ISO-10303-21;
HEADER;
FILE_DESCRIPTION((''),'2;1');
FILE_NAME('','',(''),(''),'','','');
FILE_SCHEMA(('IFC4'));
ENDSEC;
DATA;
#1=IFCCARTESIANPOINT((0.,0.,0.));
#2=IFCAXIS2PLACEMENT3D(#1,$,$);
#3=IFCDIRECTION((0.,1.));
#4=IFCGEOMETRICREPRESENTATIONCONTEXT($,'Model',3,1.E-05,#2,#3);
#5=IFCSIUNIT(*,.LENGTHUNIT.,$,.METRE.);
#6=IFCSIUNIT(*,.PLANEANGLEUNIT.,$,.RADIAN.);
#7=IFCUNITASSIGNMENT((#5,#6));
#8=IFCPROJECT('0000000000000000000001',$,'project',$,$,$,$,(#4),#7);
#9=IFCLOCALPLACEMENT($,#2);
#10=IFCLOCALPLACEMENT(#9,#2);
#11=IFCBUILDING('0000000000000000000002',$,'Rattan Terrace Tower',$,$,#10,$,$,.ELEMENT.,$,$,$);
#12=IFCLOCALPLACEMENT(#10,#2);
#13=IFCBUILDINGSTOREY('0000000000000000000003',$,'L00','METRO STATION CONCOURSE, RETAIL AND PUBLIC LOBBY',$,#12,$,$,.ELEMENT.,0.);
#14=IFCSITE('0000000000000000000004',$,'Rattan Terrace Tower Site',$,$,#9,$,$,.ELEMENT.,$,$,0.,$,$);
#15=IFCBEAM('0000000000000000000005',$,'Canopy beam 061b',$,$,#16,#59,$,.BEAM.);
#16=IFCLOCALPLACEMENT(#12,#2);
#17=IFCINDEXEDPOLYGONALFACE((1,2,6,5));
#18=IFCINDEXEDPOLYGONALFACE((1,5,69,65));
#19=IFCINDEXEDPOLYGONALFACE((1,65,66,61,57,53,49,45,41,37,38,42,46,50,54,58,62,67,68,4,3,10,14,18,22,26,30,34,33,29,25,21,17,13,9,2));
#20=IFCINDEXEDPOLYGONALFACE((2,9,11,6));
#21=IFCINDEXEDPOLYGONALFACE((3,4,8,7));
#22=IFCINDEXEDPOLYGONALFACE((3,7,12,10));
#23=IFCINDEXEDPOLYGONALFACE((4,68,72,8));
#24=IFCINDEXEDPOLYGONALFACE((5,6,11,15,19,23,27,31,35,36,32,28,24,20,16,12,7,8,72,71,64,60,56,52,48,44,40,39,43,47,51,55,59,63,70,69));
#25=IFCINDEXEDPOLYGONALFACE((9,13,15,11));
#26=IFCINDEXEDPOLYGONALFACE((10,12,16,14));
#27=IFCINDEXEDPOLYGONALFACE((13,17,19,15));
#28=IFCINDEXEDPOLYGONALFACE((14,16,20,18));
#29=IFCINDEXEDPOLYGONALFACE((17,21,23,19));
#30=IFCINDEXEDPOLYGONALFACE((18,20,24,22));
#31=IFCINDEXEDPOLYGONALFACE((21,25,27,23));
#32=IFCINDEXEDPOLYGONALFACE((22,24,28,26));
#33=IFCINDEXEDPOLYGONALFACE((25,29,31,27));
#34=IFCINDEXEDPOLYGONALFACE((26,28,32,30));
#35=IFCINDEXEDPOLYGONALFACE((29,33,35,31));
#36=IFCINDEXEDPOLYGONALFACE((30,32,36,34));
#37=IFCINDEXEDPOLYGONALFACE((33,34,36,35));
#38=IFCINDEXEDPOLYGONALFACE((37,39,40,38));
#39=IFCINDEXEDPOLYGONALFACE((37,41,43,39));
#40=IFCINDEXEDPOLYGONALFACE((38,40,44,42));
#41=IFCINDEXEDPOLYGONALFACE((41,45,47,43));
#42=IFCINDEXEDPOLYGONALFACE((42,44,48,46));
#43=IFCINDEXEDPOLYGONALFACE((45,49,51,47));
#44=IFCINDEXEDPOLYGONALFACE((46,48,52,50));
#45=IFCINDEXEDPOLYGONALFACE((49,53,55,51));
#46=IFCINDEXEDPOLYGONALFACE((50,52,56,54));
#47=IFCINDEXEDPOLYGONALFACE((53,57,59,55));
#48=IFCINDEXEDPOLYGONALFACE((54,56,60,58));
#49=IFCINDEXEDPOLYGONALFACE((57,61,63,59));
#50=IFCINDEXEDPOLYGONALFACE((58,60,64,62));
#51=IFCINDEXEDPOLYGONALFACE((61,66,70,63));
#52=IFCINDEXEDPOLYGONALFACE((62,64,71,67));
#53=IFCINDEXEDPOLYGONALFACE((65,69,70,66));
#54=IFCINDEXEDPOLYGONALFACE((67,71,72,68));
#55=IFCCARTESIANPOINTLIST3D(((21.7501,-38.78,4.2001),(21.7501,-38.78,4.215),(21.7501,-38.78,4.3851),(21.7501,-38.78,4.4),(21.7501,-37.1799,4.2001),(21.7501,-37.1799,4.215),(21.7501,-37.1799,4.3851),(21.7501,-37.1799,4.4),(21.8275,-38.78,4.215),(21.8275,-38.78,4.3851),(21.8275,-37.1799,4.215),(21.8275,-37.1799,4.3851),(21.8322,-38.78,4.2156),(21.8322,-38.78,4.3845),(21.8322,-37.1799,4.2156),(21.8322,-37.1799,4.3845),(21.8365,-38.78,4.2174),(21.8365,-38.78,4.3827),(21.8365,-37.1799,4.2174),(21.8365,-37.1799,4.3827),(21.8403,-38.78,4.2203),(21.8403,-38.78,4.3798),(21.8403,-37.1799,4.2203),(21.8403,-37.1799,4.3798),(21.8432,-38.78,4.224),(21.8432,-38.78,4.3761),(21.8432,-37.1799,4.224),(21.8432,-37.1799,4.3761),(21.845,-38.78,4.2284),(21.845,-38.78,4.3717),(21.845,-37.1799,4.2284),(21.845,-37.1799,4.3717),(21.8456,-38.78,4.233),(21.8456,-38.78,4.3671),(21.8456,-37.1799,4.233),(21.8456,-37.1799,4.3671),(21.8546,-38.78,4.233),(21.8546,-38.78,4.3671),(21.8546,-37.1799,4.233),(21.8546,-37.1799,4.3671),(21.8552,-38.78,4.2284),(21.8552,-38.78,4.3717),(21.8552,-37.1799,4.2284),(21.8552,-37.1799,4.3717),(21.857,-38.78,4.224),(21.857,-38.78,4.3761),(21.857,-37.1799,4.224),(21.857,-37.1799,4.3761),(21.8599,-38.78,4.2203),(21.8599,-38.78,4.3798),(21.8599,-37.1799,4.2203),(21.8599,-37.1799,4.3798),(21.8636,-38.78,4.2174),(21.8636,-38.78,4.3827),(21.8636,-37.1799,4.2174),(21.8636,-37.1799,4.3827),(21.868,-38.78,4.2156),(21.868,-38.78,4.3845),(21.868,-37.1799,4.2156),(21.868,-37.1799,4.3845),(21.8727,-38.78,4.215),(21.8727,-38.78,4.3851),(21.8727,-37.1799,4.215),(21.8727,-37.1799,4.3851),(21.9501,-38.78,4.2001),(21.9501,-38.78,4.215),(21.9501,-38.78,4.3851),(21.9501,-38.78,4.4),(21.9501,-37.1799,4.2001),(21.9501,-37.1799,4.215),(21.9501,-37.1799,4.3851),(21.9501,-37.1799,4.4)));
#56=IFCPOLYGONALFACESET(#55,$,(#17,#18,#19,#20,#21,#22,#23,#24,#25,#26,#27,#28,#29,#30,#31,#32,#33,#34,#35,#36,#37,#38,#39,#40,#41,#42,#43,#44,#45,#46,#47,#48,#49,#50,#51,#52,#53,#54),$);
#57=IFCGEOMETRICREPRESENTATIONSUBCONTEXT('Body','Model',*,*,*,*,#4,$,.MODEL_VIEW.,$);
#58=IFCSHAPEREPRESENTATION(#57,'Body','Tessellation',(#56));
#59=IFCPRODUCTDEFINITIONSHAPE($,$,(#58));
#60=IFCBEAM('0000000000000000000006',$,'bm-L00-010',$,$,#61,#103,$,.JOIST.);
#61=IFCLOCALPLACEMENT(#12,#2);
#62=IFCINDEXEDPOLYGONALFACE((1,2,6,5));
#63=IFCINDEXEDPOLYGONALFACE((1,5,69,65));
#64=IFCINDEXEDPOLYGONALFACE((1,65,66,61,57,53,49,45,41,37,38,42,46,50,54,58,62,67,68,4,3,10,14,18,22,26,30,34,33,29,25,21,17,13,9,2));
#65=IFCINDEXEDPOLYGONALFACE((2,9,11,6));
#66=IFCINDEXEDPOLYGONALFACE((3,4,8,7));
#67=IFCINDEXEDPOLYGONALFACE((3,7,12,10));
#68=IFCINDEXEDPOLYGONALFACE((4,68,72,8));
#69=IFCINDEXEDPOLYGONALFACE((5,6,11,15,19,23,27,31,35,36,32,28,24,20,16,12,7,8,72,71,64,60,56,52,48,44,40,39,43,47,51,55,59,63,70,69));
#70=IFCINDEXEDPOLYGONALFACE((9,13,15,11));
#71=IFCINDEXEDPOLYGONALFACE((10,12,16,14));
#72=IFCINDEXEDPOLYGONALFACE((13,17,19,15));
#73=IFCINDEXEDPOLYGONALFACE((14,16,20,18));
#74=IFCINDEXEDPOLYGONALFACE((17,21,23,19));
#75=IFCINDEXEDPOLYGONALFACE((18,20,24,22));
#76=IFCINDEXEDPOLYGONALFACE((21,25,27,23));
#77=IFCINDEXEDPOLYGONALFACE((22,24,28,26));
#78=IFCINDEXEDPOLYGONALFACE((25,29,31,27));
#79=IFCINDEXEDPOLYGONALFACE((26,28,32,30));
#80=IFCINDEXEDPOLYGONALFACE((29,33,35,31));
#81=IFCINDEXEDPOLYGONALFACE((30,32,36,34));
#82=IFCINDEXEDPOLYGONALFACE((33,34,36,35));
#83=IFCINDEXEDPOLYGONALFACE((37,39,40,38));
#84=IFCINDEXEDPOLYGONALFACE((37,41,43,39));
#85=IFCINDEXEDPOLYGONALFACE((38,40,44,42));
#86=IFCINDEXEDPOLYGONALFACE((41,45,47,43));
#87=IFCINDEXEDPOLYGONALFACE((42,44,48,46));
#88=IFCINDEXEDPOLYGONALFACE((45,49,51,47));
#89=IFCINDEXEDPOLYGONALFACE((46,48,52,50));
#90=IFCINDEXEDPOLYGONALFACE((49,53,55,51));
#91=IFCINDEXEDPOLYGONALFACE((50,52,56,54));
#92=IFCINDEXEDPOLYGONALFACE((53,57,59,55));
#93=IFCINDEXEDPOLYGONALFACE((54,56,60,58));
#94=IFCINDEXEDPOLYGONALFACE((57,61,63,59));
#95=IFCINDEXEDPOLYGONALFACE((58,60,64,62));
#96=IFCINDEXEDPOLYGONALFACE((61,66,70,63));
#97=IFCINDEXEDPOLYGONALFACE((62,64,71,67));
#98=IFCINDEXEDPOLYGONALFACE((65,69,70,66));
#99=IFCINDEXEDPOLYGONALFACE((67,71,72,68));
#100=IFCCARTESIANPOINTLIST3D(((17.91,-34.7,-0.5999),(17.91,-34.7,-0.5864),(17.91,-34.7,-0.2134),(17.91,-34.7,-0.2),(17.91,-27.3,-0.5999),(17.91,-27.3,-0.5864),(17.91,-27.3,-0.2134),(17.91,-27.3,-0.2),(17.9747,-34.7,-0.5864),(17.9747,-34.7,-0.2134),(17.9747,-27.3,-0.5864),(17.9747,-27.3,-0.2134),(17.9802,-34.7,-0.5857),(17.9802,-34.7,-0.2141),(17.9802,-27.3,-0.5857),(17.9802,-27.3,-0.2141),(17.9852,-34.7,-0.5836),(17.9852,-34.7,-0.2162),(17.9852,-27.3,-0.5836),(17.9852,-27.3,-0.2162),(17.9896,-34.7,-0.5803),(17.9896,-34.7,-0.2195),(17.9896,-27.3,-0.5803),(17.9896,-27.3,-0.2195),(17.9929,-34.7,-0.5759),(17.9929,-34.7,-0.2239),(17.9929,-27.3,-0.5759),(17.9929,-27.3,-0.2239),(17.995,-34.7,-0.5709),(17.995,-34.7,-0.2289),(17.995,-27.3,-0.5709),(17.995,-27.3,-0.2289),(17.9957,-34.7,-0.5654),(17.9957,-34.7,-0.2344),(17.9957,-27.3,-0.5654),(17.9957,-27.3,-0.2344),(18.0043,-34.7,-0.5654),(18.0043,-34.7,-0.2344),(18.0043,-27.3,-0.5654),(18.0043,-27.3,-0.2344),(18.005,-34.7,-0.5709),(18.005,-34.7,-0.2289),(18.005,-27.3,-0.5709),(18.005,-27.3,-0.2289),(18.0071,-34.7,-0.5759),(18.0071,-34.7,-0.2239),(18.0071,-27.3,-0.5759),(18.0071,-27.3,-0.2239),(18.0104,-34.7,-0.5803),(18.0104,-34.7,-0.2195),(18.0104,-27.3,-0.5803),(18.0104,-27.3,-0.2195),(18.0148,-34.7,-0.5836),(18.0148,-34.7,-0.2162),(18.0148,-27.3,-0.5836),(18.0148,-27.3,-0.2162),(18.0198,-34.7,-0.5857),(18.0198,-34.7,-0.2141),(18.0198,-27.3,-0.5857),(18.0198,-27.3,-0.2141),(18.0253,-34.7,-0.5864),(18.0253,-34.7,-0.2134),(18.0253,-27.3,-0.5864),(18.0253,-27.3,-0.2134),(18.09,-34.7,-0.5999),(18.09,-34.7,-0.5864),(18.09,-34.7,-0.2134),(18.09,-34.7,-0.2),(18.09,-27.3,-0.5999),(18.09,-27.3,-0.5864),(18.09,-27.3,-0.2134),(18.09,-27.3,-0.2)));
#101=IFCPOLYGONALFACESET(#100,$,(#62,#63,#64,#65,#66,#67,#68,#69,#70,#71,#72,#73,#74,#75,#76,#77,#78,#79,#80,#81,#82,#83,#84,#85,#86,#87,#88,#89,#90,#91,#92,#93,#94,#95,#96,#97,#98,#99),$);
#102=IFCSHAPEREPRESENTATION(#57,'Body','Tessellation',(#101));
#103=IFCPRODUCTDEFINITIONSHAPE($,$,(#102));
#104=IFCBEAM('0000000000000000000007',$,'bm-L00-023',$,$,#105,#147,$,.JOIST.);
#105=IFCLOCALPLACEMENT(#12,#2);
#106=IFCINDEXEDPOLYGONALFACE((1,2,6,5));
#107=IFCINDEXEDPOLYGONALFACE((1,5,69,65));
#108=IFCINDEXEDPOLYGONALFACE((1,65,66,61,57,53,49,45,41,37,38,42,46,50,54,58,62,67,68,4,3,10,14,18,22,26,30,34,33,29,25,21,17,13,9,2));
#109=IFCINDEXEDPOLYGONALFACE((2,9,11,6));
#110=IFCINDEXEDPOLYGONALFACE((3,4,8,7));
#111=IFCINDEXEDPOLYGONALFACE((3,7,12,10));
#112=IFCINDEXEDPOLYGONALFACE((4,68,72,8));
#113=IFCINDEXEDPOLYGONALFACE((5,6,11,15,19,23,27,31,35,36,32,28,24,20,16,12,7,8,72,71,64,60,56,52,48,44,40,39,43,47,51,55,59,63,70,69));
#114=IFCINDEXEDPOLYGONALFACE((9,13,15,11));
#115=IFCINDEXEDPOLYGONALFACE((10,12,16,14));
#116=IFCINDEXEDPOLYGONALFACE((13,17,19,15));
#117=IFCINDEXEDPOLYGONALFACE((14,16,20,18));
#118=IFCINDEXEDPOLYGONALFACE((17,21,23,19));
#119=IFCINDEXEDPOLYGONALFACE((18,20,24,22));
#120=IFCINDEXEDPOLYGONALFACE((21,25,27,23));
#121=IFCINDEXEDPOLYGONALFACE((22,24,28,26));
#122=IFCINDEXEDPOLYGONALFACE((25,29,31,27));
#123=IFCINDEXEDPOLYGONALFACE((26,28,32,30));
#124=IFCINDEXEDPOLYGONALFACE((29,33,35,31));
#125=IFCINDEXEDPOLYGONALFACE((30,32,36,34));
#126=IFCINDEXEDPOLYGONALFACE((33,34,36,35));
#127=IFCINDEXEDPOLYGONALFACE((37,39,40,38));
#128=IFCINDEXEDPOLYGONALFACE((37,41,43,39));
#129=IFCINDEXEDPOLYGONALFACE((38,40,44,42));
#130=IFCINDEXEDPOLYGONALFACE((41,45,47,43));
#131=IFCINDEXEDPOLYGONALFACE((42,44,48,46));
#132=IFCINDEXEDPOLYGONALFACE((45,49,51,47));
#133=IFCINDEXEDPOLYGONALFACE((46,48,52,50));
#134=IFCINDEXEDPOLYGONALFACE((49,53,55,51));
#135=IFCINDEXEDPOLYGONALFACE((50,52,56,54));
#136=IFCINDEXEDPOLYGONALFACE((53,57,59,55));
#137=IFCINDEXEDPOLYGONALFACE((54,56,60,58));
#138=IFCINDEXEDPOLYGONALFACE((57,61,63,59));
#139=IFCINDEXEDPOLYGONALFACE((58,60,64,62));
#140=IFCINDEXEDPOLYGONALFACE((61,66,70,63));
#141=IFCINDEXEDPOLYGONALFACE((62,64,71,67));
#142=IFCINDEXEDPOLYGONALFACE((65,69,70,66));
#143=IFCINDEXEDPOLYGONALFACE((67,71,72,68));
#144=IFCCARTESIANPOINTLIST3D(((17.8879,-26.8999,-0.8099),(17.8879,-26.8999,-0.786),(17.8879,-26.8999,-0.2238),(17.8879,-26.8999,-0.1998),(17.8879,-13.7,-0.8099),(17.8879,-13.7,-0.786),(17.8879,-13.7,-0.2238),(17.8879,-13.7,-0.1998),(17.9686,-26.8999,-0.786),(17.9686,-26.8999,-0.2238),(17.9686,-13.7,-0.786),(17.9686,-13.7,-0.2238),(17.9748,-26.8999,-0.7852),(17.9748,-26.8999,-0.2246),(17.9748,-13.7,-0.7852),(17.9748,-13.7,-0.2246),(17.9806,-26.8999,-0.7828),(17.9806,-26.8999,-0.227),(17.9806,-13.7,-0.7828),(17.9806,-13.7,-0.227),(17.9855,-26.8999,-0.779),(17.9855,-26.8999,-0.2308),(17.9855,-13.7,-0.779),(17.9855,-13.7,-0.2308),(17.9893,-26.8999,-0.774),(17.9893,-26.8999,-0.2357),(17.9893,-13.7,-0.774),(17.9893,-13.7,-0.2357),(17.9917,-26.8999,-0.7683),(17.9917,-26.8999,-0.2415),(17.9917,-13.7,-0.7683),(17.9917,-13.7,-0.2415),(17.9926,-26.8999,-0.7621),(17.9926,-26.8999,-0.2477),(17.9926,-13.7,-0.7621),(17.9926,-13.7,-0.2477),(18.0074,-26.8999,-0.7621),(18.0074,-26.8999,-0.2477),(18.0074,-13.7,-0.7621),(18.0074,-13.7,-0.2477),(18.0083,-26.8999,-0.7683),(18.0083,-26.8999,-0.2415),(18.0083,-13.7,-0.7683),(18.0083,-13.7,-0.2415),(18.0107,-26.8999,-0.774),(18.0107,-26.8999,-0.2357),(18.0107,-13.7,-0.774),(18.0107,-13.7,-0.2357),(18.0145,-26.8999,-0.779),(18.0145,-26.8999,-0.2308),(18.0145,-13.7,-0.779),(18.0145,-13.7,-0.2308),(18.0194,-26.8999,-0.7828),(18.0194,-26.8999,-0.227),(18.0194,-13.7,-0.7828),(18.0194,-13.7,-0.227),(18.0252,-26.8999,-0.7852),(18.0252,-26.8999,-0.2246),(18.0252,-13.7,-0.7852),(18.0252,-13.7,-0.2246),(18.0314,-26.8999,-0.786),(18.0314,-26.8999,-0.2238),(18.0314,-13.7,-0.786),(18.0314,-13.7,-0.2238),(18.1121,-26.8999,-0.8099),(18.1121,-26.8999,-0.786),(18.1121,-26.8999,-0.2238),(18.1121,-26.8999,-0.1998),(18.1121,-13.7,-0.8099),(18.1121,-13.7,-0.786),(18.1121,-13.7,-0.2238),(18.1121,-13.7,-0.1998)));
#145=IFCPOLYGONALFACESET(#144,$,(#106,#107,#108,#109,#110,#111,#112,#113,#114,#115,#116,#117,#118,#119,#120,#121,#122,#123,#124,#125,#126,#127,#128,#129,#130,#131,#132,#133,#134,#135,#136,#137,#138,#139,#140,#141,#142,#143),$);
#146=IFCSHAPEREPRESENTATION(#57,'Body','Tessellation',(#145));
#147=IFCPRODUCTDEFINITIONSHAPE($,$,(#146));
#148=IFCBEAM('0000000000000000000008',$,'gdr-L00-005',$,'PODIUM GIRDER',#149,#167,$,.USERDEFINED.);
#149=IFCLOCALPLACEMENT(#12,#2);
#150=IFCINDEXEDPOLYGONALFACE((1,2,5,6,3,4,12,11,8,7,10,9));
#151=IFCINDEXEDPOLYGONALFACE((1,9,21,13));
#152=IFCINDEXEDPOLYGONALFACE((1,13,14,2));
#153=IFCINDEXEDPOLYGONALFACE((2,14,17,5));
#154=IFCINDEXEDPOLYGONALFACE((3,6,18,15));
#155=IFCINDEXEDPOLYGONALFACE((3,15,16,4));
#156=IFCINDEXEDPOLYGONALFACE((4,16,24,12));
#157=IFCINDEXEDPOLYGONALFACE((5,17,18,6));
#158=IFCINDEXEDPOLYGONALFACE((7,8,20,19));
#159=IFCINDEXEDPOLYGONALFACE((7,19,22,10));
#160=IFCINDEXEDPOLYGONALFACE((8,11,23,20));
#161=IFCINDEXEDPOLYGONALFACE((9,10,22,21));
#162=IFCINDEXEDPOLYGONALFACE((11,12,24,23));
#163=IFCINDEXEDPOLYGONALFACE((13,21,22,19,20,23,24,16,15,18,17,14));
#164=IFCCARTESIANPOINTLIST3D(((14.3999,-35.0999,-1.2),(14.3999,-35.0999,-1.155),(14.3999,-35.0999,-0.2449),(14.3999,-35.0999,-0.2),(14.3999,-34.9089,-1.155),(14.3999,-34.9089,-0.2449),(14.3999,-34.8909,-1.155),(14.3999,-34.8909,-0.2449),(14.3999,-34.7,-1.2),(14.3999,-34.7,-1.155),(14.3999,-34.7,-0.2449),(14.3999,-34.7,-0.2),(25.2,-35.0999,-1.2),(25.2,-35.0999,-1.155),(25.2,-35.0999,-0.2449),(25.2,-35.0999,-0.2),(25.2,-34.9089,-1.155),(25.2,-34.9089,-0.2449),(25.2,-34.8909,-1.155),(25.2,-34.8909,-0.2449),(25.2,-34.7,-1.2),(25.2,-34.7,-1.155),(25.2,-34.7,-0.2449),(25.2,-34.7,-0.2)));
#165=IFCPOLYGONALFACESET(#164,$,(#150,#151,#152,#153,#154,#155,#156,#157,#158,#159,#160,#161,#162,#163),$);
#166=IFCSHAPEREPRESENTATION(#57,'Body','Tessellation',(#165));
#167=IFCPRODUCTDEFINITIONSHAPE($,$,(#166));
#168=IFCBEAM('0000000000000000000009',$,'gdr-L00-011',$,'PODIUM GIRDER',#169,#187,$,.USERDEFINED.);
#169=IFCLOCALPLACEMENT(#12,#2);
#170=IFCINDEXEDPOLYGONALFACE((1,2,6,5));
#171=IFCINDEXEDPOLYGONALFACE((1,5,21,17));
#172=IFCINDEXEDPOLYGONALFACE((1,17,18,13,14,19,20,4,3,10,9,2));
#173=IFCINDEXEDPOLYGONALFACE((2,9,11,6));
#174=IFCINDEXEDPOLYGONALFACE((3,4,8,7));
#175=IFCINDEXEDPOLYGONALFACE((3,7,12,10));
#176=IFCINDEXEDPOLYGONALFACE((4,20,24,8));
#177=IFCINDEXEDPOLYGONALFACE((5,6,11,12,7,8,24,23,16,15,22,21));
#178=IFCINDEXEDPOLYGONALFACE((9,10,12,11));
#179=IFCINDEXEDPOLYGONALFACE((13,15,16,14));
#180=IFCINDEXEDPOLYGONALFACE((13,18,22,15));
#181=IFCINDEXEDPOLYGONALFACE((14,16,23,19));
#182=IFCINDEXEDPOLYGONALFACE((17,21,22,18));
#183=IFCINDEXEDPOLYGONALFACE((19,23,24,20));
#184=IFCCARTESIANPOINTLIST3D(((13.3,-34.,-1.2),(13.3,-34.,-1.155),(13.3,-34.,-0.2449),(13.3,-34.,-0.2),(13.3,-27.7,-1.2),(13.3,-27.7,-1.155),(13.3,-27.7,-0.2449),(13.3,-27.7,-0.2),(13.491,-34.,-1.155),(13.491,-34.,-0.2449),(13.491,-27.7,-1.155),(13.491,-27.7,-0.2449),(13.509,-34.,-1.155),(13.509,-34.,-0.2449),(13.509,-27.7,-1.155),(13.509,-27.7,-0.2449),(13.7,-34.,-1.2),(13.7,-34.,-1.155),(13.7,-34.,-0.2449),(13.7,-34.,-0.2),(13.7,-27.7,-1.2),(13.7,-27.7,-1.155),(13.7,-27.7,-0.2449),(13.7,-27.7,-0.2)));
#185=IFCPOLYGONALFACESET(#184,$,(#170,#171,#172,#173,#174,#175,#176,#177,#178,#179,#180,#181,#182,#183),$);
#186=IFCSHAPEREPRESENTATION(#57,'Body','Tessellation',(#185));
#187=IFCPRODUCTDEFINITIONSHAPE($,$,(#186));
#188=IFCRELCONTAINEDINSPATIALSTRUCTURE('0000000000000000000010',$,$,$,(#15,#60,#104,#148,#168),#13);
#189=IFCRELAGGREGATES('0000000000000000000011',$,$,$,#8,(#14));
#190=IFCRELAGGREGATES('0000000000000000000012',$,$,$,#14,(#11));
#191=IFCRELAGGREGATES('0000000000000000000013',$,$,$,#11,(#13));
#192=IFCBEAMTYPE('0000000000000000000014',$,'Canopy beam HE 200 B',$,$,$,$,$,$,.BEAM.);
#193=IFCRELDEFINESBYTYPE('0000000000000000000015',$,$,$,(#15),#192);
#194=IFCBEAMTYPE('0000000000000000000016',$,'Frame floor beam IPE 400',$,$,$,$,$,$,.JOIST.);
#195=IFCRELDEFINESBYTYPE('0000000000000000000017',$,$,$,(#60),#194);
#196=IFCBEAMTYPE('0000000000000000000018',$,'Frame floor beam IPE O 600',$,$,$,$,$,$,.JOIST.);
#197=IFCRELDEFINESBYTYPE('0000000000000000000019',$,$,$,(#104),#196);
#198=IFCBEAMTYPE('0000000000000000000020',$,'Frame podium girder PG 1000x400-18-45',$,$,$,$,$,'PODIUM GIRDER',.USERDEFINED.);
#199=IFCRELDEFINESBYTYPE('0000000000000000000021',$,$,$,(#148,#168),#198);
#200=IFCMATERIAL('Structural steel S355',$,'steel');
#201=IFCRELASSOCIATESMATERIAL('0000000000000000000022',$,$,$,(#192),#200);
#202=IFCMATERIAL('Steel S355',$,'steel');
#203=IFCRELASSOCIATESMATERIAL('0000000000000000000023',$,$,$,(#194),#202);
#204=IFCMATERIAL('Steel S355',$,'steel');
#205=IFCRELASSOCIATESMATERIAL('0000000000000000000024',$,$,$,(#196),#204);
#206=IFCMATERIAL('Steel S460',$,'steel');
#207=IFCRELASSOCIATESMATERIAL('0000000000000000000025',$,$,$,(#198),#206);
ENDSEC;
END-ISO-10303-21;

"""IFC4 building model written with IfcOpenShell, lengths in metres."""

from ifc_helpers import new_model, si_unit, direction, frame, origin, origin_2d, place, context, subcontext, project, spatial, i_section, extrude, material, material_profile, profile_set, type_object, element, save


model = new_model("IFC4")

# Units and contexts
model_context = context("Model", 3, precision=1e-05, world=origin(), true_north=direction((0.0, 1.0)))
body_context = subcontext(model_context, "Body", "Model", "MODEL_VIEW")
ifc_project = project(units=[si_unit("LENGTHUNIT", "METRE"), si_unit("PLANEANGLEUNIT", "RADIAN")], contexts=[model_context])

# Site, building, storey
site_placement = place(None, origin())
site = spatial("IfcSite", under=ifc_project, at=site_placement, Name="Rattan Terrace Tower Site", CompositionType="ELEMENT", RefElevation=0.0)
building_placement = place(site_placement, origin())
building = spatial("IfcBuilding", under=site, at=building_placement, Name="Rattan Terrace Tower", CompositionType="ELEMENT")
storey_placement = place(building_placement, origin())
storey = spatial("IfcBuildingStorey", under=building, at=storey_placement, Name="L00", Description="METRO STATION CONCOURSE, RETAIL AND PUBLIC LOBBY", CompositionType="ELEMENT", Elevation=0.0)

# Beams
ifc_material_1 = material(Name="Structural steel S355", Category="steel")
ifc_material_profile_1 = material_profile(ifc_material_1, i_section(OverallWidth=0.2, OverallDepth=0.2, WebThickness=0.009, FlangeThickness=0.0149, FilletRadius=0.0181, at=origin_2d()), Name="HE 200 B")
ifc_profile_set_1 = profile_set([ifc_material_profile_1], Name="Structural steel S355")
beam_type_1 = type_object("IfcBeamType", Name="Canopy beam HE 200 B", PredefinedType="BEAM", material=ifc_profile_set_1)
for number, where, z_axis, x_axis, name in (
    (1, (21.8501, -37.1799, 4.3), (0.0, -1.0, 0.0), (1.0, 0.0, 0.0), "Canopy beam 061b"),
):
    element("IfcBeam", number, at=place(storey_placement, frame(where, z_axis=z_axis, x_axis=x_axis)), inside=storey, type_object=beam_type_1, Name=name, PredefinedType="BEAM", context=body_context, shape_type="SweptSolid", body=[
        extrude(i_section(OverallWidth=0.2, OverallDepth=0.2, WebThickness=0.009, FlangeThickness=0.0149, FilletRadius=0.0181, at=origin_2d()), origin(), (0.0, 0.0, 1.0), 1.6001),
    ])
ifc_material_2 = material(Name="Steel S355", Category="steel")
ifc_material_profile_2 = material_profile(ifc_material_2, i_section(OverallWidth=0.1799, OverallDepth=0.3999, WebThickness=0.0085, FlangeThickness=0.0134, FilletRadius=0.021, at=origin_2d()), Name="IPE 400")
ifc_profile_set_2 = profile_set([ifc_material_profile_2], Name="Steel S355")
beam_type_2 = type_object("IfcBeamType", Name="Frame floor beam IPE 400", PredefinedType="JOIST", material=ifc_profile_set_2)
beam_1_placement = place(storey_placement, frame((18.0, -34.7, -0.3999), z_axis=(0.0, 1.0, 0.0), x_axis=(-1.0, 0.0, 0.0)))
element("IfcBeam", 2, at=beam_1_placement, inside=storey, type_object=beam_type_2, Name="bm-L00-010", PredefinedType="JOIST", context=body_context, shape_type="SweptSolid", body=[
    extrude(i_section(OverallWidth=0.1799, OverallDepth=0.3999, WebThickness=0.0085, FlangeThickness=0.0134, FilletRadius=0.021, at=origin_2d()), origin(), (0.0, 0.0, 1.0), 7.3999),
])
ifc_material_3 = material(Name="Steel S355", Category="steel")
ifc_material_profile_3 = material_profile(ifc_material_3, i_section(OverallWidth=0.2241, OverallDepth=0.6101, WebThickness=0.0149, FlangeThickness=0.0239, FilletRadius=0.0239, at=origin_2d()), Name="IPE O 600")
ifc_profile_set_3 = profile_set([ifc_material_profile_3], Name="Steel S355")
beam_type_3 = type_object("IfcBeamType", Name="Frame floor beam IPE O 600", PredefinedType="JOIST", material=ifc_profile_set_3)
beam_2_placement = place(storey_placement, frame((18.0, -26.8999, -0.5049), z_axis=(0.0, 1.0, 0.0), x_axis=(-1.0, 0.0, 0.0)))
element("IfcBeam", 3, at=beam_2_placement, inside=storey, type_object=beam_type_3, Name="bm-L00-023", PredefinedType="JOIST", context=body_context, shape_type="SweptSolid", body=[
    extrude(i_section(OverallWidth=0.2241, OverallDepth=0.6101, WebThickness=0.0149, FlangeThickness=0.0239, FilletRadius=0.0239, at=origin_2d()), origin(), (0.0, 0.0, 1.0), 13.2),
])
ifc_material_4 = material(Name="Steel S460", Category="steel")
ifc_material_profile_4 = material_profile(ifc_material_4, i_section(OverallWidth=0.3999, OverallDepth=1.0, WebThickness=0.0181, FlangeThickness=0.0449, at=origin_2d()), Name="PG 1000x400-18-45")
ifc_profile_set_4 = profile_set([ifc_material_profile_4], Name="Steel S460")
beam_type_4 = type_object("IfcBeamType", Name="Frame podium girder PG 1000x400-18-45", ElementType="PODIUM GIRDER", PredefinedType="USERDEFINED", material=ifc_profile_set_4)
beam_3_placement = place(storey_placement, frame((14.3999, -34.8999, -0.7), z_axis=(1.0, 0.0, 0.0), x_axis=(0.0, 1.0, 0.0)))
element("IfcBeam", 4, at=beam_3_placement, inside=storey, type_object=beam_type_4, Name="gdr-L00-005", ObjectType="PODIUM GIRDER", PredefinedType="USERDEFINED", context=body_context, shape_type="SweptSolid", body=[
    extrude(i_section(OverallWidth=0.3999, OverallDepth=1.0, WebThickness=0.0181, FlangeThickness=0.0449, at=origin_2d()), origin(), (0.0, 0.0, 1.0), 10.8),
])
beam_4_placement = place(storey_placement, frame((13.5, -34.0, -0.7), z_axis=(0.0, 1.0, 0.0), x_axis=(-1.0, 0.0, 0.0)))
element("IfcBeam", 5, at=beam_4_placement, inside=storey, type_object=beam_type_4, Name="gdr-L00-011", ObjectType="PODIUM GIRDER", PredefinedType="USERDEFINED", context=body_context, shape_type="SweptSolid", body=[
    extrude(i_section(OverallWidth=0.3999, OverallDepth=1.0, WebThickness=0.0181, FlangeThickness=0.0449, at=origin_2d()), origin(), (0.0, 0.0, 1.0), 6.3),
])

save(model, "model.ifc")
